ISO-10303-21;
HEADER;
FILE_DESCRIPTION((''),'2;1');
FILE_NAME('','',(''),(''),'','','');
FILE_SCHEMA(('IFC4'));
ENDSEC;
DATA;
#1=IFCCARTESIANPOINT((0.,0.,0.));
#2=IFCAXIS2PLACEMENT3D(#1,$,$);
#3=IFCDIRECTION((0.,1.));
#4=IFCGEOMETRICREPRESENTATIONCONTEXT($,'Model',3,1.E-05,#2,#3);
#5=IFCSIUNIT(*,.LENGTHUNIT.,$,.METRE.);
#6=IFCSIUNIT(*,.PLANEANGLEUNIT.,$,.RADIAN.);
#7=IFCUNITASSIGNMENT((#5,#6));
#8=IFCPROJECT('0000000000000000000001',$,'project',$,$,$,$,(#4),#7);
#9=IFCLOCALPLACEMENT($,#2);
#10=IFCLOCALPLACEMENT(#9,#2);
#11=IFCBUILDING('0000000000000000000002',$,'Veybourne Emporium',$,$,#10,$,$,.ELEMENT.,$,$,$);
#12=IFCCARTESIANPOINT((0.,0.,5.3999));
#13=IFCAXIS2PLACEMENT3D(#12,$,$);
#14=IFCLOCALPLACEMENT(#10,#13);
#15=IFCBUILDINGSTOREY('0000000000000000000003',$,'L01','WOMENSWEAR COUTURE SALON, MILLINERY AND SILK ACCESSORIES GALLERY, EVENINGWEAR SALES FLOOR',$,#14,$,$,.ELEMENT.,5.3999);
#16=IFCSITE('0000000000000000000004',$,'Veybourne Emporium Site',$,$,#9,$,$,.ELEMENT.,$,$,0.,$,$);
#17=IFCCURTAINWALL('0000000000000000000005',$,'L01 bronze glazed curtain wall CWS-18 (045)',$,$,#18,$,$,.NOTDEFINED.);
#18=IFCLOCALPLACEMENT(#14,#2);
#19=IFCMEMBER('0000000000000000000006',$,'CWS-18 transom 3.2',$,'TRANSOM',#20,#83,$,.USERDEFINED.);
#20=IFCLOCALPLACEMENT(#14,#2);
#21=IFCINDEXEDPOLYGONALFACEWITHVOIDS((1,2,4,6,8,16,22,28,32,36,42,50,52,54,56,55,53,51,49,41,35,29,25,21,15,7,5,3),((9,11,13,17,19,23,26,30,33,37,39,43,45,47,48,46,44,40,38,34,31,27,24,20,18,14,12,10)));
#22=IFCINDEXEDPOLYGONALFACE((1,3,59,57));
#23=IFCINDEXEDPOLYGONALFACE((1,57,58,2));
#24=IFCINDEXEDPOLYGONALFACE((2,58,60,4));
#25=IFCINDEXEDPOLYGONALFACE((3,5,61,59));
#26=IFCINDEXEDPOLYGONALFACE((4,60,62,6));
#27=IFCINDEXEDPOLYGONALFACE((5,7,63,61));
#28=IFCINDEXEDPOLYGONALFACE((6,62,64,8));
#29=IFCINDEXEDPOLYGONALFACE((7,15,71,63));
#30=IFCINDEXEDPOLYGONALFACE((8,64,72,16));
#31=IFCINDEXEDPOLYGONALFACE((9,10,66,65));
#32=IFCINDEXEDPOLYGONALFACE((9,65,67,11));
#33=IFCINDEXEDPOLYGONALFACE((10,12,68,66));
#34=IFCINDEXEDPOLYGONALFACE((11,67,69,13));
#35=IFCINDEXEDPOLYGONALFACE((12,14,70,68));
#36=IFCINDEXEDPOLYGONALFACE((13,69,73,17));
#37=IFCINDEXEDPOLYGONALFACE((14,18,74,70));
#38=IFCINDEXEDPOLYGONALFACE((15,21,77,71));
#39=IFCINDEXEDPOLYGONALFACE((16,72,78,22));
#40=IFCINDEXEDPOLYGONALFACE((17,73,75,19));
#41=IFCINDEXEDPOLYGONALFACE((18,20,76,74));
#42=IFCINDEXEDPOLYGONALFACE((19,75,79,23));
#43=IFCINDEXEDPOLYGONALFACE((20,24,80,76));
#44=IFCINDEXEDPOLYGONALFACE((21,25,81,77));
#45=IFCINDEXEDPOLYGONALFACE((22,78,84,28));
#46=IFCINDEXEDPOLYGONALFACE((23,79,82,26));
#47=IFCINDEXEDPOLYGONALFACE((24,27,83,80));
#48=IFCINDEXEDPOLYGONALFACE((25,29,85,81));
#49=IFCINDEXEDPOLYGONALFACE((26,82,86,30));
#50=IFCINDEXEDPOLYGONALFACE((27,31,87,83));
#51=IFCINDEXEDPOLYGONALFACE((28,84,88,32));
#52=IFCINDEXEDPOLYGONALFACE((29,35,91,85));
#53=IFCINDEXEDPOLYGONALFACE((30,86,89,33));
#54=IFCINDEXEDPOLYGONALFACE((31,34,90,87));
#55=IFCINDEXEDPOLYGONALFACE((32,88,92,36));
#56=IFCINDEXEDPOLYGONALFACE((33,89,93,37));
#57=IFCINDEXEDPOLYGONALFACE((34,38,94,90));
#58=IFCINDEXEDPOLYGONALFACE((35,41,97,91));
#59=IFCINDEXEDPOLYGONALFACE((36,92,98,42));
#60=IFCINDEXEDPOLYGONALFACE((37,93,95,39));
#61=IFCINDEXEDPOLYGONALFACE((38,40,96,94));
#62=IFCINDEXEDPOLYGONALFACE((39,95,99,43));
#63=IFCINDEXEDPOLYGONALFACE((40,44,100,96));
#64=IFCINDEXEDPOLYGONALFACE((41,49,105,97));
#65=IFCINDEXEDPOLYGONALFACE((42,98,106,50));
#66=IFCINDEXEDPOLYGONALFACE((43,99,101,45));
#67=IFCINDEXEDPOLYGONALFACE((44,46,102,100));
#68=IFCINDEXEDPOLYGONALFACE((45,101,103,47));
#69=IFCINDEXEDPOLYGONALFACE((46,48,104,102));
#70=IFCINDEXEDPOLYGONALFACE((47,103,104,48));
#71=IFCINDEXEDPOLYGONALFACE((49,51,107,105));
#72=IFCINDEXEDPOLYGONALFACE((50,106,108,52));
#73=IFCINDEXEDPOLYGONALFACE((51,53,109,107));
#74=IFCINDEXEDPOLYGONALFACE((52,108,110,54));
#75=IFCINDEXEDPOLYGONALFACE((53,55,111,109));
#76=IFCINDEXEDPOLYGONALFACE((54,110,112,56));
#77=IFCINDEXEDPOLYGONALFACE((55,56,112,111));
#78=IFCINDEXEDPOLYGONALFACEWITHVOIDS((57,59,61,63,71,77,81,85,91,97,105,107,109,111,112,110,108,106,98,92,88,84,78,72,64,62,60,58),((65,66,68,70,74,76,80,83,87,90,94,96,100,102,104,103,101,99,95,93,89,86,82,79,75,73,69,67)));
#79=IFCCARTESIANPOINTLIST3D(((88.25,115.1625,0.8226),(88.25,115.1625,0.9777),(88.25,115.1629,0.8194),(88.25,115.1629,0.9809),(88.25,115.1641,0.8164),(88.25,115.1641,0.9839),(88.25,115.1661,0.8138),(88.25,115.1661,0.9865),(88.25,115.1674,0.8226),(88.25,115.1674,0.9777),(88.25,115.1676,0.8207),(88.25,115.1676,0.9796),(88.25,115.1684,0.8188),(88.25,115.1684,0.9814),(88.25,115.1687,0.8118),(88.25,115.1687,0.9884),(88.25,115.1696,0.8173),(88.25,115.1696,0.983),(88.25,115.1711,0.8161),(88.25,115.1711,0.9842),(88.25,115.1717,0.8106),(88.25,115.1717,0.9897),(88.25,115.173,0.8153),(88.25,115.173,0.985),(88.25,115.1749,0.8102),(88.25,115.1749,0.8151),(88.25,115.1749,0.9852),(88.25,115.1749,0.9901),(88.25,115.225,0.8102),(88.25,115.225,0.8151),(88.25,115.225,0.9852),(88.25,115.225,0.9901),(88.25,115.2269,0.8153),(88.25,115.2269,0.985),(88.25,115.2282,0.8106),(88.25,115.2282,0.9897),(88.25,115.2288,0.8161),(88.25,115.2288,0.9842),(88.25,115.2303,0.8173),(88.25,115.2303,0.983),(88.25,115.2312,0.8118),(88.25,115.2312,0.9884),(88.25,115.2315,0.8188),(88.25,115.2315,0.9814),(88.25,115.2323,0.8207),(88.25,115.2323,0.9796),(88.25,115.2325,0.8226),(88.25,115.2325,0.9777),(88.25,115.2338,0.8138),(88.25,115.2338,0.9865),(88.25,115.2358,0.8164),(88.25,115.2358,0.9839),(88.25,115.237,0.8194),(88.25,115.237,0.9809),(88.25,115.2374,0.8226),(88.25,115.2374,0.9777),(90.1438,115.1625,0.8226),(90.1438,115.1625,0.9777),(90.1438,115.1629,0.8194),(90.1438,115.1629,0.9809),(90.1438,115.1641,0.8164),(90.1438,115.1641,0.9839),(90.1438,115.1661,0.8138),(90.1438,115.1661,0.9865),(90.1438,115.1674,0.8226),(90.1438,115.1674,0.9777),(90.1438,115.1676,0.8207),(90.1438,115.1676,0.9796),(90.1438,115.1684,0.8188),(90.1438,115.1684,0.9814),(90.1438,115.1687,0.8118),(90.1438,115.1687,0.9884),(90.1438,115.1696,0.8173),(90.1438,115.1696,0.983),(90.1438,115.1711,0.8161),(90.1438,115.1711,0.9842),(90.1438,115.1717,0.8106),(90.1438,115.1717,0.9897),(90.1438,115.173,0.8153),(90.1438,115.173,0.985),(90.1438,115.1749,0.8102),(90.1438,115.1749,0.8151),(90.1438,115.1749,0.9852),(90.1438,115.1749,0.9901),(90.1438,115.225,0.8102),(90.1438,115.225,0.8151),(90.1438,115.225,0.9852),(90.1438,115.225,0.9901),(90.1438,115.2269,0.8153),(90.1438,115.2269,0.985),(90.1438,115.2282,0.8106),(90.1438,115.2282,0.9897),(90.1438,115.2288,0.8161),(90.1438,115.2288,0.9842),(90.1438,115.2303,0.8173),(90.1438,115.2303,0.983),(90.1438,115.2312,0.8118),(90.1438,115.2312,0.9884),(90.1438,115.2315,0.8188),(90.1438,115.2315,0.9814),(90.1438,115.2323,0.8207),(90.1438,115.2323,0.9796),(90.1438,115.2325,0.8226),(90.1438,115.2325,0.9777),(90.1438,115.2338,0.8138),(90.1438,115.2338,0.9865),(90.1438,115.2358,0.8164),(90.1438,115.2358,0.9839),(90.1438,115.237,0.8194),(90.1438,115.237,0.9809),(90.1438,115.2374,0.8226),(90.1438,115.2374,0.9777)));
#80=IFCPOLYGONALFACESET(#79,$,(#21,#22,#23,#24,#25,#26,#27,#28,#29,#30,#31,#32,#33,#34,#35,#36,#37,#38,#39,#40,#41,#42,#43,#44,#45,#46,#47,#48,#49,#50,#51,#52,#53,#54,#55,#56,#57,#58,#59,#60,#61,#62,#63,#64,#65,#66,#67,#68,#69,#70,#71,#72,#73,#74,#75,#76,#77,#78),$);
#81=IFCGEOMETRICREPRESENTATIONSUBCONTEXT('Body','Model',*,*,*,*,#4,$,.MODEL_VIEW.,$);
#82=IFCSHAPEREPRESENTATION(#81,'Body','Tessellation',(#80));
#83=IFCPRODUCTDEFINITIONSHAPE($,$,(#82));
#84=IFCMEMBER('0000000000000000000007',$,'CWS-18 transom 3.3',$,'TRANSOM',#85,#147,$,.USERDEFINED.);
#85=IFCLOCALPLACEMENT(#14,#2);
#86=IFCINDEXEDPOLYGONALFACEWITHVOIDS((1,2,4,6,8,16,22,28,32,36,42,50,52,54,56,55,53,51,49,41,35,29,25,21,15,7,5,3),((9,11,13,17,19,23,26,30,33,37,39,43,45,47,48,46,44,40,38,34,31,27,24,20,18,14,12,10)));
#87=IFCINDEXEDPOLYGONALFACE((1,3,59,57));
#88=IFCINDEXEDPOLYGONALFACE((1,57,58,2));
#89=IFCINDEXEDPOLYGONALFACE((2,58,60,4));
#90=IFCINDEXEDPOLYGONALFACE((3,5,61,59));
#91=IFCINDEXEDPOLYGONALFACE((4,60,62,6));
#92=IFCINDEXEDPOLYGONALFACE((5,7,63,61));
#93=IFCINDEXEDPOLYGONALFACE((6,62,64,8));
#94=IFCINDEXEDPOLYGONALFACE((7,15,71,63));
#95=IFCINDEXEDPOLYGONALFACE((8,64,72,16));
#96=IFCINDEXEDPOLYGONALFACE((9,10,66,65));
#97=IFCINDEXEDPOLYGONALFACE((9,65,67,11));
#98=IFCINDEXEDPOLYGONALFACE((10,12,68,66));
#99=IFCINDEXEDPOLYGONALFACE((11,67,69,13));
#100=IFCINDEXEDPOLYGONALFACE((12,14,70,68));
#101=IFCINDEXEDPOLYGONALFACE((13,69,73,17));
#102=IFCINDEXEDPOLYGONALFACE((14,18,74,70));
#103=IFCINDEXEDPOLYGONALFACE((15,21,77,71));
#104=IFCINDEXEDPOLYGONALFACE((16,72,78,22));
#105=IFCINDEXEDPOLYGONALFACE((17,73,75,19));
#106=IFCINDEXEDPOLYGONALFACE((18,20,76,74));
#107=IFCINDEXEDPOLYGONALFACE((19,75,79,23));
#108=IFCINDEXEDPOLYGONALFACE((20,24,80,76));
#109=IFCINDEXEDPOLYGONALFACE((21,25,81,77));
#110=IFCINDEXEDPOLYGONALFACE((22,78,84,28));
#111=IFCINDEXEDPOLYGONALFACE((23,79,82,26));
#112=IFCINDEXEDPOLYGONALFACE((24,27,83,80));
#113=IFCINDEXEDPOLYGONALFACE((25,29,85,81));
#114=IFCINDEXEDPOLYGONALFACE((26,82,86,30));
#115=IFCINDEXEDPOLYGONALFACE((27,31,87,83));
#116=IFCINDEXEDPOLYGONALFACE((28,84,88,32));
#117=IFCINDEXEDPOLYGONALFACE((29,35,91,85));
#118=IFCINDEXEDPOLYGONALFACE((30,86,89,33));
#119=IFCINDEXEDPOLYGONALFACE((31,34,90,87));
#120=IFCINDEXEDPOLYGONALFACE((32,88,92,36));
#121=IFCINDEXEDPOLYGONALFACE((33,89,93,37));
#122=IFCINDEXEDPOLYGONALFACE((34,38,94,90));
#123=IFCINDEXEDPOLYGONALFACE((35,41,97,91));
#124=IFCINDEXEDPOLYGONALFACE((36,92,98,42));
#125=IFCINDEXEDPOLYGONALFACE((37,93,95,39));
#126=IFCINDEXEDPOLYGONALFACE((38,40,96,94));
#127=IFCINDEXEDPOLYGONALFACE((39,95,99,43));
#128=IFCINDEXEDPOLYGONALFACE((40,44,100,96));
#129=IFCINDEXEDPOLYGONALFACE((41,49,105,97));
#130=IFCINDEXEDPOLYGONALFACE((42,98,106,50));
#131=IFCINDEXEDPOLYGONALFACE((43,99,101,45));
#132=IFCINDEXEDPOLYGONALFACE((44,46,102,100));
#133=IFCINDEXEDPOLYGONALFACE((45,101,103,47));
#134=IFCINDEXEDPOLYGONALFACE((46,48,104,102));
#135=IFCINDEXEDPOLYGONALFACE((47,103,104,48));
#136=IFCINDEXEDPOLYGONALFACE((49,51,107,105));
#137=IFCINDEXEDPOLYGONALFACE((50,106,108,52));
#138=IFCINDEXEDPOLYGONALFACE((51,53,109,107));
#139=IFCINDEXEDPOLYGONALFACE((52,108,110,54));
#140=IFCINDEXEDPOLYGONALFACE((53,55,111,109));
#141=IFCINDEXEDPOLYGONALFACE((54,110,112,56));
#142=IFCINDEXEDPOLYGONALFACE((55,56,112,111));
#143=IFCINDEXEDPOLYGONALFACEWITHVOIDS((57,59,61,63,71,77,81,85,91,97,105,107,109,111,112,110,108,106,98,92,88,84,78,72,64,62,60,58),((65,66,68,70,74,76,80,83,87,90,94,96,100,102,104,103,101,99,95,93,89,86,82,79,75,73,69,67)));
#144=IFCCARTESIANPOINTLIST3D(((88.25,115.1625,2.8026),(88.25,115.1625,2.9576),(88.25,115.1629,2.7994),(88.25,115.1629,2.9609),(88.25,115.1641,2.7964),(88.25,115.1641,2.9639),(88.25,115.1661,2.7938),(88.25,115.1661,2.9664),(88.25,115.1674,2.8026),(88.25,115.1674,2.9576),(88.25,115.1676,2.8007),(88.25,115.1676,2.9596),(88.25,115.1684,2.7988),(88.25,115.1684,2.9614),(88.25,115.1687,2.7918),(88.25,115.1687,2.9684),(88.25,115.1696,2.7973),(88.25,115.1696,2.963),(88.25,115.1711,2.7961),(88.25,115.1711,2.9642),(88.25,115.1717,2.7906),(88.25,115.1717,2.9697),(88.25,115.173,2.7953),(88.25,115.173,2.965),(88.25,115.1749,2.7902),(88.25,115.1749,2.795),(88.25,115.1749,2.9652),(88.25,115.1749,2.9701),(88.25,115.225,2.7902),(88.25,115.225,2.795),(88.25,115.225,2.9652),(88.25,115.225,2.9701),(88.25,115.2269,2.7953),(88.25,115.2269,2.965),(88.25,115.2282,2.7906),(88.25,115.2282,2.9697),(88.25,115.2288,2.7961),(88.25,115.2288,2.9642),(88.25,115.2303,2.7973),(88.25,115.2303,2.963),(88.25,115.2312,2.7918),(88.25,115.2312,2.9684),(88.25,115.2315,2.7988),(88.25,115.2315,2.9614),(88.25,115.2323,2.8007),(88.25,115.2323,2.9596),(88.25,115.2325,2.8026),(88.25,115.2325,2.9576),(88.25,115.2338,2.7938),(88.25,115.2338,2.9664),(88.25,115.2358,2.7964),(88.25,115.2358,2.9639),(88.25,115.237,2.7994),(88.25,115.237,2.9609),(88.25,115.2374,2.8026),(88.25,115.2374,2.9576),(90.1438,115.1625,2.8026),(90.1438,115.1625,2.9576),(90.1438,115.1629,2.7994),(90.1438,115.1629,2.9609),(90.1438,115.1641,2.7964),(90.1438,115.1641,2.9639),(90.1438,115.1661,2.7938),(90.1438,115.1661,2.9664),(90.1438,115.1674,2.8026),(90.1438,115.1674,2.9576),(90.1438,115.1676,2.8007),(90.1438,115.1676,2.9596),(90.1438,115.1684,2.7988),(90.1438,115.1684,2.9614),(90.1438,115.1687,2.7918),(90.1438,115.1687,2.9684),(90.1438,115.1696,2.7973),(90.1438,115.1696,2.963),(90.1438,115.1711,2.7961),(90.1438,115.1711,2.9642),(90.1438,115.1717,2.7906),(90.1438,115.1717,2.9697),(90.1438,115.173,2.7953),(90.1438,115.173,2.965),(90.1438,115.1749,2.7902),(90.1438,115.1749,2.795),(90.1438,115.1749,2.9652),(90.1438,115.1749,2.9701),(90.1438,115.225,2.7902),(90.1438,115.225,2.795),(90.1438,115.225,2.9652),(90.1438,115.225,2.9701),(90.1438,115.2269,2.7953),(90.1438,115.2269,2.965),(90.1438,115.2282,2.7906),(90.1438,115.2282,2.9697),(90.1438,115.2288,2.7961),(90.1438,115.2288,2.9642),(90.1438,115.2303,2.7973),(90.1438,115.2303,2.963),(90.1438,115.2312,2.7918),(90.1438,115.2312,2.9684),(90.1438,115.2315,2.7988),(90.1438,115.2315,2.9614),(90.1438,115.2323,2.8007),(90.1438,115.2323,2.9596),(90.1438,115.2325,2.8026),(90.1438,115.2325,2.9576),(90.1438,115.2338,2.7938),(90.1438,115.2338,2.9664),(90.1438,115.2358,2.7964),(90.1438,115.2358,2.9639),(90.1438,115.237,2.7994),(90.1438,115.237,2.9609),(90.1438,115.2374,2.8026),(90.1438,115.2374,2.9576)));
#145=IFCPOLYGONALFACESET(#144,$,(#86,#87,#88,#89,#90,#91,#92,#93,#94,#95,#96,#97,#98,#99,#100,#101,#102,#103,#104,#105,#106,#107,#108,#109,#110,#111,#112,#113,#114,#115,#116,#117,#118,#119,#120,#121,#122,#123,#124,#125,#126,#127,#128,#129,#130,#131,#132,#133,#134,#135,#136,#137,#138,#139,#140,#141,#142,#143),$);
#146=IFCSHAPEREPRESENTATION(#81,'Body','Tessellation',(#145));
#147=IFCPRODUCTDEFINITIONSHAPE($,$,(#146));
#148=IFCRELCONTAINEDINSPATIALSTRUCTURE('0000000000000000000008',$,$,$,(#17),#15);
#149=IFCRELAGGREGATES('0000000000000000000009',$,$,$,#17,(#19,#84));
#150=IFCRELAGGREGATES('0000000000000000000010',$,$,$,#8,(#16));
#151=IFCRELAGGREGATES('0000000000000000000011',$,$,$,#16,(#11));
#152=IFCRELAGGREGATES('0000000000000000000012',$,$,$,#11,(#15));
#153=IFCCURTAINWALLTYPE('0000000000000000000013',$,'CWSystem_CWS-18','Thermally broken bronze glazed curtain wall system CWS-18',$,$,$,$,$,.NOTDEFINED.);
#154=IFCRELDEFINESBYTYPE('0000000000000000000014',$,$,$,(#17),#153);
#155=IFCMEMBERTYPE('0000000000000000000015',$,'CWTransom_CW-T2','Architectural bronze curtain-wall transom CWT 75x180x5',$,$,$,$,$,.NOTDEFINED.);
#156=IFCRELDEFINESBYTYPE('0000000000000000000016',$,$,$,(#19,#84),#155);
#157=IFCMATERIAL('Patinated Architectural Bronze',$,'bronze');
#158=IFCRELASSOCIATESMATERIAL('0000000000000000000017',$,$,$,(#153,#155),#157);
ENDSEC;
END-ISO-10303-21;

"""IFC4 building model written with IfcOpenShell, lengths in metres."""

from ifc_helpers import new_model, si_unit, direction, frame, origin, origin_2d, place, context, subcontext, project, spatial, hollow_rectangle, extrude, material, material_profile, profile_set, type_object, element, aggregate, save


model = new_model("IFC4")

# Units and contexts
model_context = context("Model", 3, precision=1e-05, world=origin(), true_north=direction((0.0, 1.0)))
body_context = subcontext(model_context, "Body", "Model", "MODEL_VIEW")
ifc_project = project(units=[si_unit("LENGTHUNIT", "METRE"), si_unit("PLANEANGLEUNIT", "RADIAN")], contexts=[model_context])

# Site, building, storey
site_placement = place(None, origin())
site = spatial("IfcSite", under=ifc_project, at=site_placement, Name="Veybourne Emporium Site", CompositionType="ELEMENT", RefElevation=0.0)
building_placement = place(site_placement, origin())
building = spatial("IfcBuilding", under=site, at=building_placement, Name="Veybourne Emporium", CompositionType="ELEMENT")
storey_placement = place(building_placement, frame((0.0, 0.0, 5.3999)))
storey = spatial("IfcBuildingStorey", under=building, at=storey_placement, Name="L01", Description="WOMENSWEAR COUTURE SALON, MILLINERY AND SILK ACCESSORIES GALLERY, EVENINGWEAR SALES FLOOR", CompositionType="ELEMENT", Elevation=5.3999)

# Curtain wall, members
ifc_material_1 = material(Name="Patinated Architectural Bronze", Category="bronze")
curtain_wall_type = type_object("IfcCurtainWallType", Name="CWSystem_CWS-18", Description="Thermally broken bronze glazed curtain wall system CWS-18", PredefinedType="NOTDEFINED", material=ifc_material_1)
curtain_wall_placement = place(storey_placement, origin())
curtain_wall = element("IfcCurtainWall", 1, at=curtain_wall_placement, inside=storey, type_object=curtain_wall_type, Name="L01 bronze glazed curtain wall CWS-18 (045)", PredefinedType="NOTDEFINED")
ifc_material_profile_1 = material_profile(ifc_material_1, hollow_rectangle(XDim=0.075, YDim=0.1799, WallThickness=0.0049, InnerFilletRadius=0.0076, OuterFilletRadius=0.0125, at=origin_2d()), Name="CWT 75x180x5")
ifc_profile_set_1 = profile_set([ifc_material_profile_1], Name="Patinated Architectural Bronze")
member_type_1 = type_object("IfcMemberType", Name="CWTransom_CW-T2", Description="Architectural bronze curtain-wall transom CWT 75x180x5", PredefinedType="NOTDEFINED", material=ifc_profile_set_1)
member_1_placement = place(storey_placement, frame((88.25, 115.2, 0.9001), z_axis=(1.0, 0.0, 0.0), x_axis=(0.0, 1.0, 0.0)))
member_1 = element("IfcMember", 2, at=member_1_placement, type_object=member_type_1, Name="CWS-18 transom 3.2", ObjectType="TRANSOM", PredefinedType="USERDEFINED", context=body_context, shape_type="SweptSolid", body=[
    extrude(hollow_rectangle(XDim=0.075, YDim=0.1799, WallThickness=0.0049, InnerFilletRadius=0.0076, OuterFilletRadius=0.0125, at=origin_2d()), origin(), (0.0, 0.0, 1.0), 1.8938),
])
member_2_placement = place(storey_placement, frame((88.25, 115.2, 2.8801), z_axis=(1.0, 0.0, 0.0), x_axis=(0.0, 1.0, 0.0)))
member_2 = element("IfcMember", 3, at=member_2_placement, type_object=member_type_1, Name="CWS-18 transom 3.3", ObjectType="TRANSOM", PredefinedType="USERDEFINED", context=body_context, shape_type="SweptSolid", body=[
    extrude(hollow_rectangle(XDim=0.075, YDim=0.1799, WallThickness=0.0049, InnerFilletRadius=0.0076, OuterFilletRadius=0.0125, at=origin_2d()), origin(), (0.0, 0.0, 1.0), 1.8938),
])
aggregate(curtain_wall, [member_1, member_2])

save(model, "model.ifc")
